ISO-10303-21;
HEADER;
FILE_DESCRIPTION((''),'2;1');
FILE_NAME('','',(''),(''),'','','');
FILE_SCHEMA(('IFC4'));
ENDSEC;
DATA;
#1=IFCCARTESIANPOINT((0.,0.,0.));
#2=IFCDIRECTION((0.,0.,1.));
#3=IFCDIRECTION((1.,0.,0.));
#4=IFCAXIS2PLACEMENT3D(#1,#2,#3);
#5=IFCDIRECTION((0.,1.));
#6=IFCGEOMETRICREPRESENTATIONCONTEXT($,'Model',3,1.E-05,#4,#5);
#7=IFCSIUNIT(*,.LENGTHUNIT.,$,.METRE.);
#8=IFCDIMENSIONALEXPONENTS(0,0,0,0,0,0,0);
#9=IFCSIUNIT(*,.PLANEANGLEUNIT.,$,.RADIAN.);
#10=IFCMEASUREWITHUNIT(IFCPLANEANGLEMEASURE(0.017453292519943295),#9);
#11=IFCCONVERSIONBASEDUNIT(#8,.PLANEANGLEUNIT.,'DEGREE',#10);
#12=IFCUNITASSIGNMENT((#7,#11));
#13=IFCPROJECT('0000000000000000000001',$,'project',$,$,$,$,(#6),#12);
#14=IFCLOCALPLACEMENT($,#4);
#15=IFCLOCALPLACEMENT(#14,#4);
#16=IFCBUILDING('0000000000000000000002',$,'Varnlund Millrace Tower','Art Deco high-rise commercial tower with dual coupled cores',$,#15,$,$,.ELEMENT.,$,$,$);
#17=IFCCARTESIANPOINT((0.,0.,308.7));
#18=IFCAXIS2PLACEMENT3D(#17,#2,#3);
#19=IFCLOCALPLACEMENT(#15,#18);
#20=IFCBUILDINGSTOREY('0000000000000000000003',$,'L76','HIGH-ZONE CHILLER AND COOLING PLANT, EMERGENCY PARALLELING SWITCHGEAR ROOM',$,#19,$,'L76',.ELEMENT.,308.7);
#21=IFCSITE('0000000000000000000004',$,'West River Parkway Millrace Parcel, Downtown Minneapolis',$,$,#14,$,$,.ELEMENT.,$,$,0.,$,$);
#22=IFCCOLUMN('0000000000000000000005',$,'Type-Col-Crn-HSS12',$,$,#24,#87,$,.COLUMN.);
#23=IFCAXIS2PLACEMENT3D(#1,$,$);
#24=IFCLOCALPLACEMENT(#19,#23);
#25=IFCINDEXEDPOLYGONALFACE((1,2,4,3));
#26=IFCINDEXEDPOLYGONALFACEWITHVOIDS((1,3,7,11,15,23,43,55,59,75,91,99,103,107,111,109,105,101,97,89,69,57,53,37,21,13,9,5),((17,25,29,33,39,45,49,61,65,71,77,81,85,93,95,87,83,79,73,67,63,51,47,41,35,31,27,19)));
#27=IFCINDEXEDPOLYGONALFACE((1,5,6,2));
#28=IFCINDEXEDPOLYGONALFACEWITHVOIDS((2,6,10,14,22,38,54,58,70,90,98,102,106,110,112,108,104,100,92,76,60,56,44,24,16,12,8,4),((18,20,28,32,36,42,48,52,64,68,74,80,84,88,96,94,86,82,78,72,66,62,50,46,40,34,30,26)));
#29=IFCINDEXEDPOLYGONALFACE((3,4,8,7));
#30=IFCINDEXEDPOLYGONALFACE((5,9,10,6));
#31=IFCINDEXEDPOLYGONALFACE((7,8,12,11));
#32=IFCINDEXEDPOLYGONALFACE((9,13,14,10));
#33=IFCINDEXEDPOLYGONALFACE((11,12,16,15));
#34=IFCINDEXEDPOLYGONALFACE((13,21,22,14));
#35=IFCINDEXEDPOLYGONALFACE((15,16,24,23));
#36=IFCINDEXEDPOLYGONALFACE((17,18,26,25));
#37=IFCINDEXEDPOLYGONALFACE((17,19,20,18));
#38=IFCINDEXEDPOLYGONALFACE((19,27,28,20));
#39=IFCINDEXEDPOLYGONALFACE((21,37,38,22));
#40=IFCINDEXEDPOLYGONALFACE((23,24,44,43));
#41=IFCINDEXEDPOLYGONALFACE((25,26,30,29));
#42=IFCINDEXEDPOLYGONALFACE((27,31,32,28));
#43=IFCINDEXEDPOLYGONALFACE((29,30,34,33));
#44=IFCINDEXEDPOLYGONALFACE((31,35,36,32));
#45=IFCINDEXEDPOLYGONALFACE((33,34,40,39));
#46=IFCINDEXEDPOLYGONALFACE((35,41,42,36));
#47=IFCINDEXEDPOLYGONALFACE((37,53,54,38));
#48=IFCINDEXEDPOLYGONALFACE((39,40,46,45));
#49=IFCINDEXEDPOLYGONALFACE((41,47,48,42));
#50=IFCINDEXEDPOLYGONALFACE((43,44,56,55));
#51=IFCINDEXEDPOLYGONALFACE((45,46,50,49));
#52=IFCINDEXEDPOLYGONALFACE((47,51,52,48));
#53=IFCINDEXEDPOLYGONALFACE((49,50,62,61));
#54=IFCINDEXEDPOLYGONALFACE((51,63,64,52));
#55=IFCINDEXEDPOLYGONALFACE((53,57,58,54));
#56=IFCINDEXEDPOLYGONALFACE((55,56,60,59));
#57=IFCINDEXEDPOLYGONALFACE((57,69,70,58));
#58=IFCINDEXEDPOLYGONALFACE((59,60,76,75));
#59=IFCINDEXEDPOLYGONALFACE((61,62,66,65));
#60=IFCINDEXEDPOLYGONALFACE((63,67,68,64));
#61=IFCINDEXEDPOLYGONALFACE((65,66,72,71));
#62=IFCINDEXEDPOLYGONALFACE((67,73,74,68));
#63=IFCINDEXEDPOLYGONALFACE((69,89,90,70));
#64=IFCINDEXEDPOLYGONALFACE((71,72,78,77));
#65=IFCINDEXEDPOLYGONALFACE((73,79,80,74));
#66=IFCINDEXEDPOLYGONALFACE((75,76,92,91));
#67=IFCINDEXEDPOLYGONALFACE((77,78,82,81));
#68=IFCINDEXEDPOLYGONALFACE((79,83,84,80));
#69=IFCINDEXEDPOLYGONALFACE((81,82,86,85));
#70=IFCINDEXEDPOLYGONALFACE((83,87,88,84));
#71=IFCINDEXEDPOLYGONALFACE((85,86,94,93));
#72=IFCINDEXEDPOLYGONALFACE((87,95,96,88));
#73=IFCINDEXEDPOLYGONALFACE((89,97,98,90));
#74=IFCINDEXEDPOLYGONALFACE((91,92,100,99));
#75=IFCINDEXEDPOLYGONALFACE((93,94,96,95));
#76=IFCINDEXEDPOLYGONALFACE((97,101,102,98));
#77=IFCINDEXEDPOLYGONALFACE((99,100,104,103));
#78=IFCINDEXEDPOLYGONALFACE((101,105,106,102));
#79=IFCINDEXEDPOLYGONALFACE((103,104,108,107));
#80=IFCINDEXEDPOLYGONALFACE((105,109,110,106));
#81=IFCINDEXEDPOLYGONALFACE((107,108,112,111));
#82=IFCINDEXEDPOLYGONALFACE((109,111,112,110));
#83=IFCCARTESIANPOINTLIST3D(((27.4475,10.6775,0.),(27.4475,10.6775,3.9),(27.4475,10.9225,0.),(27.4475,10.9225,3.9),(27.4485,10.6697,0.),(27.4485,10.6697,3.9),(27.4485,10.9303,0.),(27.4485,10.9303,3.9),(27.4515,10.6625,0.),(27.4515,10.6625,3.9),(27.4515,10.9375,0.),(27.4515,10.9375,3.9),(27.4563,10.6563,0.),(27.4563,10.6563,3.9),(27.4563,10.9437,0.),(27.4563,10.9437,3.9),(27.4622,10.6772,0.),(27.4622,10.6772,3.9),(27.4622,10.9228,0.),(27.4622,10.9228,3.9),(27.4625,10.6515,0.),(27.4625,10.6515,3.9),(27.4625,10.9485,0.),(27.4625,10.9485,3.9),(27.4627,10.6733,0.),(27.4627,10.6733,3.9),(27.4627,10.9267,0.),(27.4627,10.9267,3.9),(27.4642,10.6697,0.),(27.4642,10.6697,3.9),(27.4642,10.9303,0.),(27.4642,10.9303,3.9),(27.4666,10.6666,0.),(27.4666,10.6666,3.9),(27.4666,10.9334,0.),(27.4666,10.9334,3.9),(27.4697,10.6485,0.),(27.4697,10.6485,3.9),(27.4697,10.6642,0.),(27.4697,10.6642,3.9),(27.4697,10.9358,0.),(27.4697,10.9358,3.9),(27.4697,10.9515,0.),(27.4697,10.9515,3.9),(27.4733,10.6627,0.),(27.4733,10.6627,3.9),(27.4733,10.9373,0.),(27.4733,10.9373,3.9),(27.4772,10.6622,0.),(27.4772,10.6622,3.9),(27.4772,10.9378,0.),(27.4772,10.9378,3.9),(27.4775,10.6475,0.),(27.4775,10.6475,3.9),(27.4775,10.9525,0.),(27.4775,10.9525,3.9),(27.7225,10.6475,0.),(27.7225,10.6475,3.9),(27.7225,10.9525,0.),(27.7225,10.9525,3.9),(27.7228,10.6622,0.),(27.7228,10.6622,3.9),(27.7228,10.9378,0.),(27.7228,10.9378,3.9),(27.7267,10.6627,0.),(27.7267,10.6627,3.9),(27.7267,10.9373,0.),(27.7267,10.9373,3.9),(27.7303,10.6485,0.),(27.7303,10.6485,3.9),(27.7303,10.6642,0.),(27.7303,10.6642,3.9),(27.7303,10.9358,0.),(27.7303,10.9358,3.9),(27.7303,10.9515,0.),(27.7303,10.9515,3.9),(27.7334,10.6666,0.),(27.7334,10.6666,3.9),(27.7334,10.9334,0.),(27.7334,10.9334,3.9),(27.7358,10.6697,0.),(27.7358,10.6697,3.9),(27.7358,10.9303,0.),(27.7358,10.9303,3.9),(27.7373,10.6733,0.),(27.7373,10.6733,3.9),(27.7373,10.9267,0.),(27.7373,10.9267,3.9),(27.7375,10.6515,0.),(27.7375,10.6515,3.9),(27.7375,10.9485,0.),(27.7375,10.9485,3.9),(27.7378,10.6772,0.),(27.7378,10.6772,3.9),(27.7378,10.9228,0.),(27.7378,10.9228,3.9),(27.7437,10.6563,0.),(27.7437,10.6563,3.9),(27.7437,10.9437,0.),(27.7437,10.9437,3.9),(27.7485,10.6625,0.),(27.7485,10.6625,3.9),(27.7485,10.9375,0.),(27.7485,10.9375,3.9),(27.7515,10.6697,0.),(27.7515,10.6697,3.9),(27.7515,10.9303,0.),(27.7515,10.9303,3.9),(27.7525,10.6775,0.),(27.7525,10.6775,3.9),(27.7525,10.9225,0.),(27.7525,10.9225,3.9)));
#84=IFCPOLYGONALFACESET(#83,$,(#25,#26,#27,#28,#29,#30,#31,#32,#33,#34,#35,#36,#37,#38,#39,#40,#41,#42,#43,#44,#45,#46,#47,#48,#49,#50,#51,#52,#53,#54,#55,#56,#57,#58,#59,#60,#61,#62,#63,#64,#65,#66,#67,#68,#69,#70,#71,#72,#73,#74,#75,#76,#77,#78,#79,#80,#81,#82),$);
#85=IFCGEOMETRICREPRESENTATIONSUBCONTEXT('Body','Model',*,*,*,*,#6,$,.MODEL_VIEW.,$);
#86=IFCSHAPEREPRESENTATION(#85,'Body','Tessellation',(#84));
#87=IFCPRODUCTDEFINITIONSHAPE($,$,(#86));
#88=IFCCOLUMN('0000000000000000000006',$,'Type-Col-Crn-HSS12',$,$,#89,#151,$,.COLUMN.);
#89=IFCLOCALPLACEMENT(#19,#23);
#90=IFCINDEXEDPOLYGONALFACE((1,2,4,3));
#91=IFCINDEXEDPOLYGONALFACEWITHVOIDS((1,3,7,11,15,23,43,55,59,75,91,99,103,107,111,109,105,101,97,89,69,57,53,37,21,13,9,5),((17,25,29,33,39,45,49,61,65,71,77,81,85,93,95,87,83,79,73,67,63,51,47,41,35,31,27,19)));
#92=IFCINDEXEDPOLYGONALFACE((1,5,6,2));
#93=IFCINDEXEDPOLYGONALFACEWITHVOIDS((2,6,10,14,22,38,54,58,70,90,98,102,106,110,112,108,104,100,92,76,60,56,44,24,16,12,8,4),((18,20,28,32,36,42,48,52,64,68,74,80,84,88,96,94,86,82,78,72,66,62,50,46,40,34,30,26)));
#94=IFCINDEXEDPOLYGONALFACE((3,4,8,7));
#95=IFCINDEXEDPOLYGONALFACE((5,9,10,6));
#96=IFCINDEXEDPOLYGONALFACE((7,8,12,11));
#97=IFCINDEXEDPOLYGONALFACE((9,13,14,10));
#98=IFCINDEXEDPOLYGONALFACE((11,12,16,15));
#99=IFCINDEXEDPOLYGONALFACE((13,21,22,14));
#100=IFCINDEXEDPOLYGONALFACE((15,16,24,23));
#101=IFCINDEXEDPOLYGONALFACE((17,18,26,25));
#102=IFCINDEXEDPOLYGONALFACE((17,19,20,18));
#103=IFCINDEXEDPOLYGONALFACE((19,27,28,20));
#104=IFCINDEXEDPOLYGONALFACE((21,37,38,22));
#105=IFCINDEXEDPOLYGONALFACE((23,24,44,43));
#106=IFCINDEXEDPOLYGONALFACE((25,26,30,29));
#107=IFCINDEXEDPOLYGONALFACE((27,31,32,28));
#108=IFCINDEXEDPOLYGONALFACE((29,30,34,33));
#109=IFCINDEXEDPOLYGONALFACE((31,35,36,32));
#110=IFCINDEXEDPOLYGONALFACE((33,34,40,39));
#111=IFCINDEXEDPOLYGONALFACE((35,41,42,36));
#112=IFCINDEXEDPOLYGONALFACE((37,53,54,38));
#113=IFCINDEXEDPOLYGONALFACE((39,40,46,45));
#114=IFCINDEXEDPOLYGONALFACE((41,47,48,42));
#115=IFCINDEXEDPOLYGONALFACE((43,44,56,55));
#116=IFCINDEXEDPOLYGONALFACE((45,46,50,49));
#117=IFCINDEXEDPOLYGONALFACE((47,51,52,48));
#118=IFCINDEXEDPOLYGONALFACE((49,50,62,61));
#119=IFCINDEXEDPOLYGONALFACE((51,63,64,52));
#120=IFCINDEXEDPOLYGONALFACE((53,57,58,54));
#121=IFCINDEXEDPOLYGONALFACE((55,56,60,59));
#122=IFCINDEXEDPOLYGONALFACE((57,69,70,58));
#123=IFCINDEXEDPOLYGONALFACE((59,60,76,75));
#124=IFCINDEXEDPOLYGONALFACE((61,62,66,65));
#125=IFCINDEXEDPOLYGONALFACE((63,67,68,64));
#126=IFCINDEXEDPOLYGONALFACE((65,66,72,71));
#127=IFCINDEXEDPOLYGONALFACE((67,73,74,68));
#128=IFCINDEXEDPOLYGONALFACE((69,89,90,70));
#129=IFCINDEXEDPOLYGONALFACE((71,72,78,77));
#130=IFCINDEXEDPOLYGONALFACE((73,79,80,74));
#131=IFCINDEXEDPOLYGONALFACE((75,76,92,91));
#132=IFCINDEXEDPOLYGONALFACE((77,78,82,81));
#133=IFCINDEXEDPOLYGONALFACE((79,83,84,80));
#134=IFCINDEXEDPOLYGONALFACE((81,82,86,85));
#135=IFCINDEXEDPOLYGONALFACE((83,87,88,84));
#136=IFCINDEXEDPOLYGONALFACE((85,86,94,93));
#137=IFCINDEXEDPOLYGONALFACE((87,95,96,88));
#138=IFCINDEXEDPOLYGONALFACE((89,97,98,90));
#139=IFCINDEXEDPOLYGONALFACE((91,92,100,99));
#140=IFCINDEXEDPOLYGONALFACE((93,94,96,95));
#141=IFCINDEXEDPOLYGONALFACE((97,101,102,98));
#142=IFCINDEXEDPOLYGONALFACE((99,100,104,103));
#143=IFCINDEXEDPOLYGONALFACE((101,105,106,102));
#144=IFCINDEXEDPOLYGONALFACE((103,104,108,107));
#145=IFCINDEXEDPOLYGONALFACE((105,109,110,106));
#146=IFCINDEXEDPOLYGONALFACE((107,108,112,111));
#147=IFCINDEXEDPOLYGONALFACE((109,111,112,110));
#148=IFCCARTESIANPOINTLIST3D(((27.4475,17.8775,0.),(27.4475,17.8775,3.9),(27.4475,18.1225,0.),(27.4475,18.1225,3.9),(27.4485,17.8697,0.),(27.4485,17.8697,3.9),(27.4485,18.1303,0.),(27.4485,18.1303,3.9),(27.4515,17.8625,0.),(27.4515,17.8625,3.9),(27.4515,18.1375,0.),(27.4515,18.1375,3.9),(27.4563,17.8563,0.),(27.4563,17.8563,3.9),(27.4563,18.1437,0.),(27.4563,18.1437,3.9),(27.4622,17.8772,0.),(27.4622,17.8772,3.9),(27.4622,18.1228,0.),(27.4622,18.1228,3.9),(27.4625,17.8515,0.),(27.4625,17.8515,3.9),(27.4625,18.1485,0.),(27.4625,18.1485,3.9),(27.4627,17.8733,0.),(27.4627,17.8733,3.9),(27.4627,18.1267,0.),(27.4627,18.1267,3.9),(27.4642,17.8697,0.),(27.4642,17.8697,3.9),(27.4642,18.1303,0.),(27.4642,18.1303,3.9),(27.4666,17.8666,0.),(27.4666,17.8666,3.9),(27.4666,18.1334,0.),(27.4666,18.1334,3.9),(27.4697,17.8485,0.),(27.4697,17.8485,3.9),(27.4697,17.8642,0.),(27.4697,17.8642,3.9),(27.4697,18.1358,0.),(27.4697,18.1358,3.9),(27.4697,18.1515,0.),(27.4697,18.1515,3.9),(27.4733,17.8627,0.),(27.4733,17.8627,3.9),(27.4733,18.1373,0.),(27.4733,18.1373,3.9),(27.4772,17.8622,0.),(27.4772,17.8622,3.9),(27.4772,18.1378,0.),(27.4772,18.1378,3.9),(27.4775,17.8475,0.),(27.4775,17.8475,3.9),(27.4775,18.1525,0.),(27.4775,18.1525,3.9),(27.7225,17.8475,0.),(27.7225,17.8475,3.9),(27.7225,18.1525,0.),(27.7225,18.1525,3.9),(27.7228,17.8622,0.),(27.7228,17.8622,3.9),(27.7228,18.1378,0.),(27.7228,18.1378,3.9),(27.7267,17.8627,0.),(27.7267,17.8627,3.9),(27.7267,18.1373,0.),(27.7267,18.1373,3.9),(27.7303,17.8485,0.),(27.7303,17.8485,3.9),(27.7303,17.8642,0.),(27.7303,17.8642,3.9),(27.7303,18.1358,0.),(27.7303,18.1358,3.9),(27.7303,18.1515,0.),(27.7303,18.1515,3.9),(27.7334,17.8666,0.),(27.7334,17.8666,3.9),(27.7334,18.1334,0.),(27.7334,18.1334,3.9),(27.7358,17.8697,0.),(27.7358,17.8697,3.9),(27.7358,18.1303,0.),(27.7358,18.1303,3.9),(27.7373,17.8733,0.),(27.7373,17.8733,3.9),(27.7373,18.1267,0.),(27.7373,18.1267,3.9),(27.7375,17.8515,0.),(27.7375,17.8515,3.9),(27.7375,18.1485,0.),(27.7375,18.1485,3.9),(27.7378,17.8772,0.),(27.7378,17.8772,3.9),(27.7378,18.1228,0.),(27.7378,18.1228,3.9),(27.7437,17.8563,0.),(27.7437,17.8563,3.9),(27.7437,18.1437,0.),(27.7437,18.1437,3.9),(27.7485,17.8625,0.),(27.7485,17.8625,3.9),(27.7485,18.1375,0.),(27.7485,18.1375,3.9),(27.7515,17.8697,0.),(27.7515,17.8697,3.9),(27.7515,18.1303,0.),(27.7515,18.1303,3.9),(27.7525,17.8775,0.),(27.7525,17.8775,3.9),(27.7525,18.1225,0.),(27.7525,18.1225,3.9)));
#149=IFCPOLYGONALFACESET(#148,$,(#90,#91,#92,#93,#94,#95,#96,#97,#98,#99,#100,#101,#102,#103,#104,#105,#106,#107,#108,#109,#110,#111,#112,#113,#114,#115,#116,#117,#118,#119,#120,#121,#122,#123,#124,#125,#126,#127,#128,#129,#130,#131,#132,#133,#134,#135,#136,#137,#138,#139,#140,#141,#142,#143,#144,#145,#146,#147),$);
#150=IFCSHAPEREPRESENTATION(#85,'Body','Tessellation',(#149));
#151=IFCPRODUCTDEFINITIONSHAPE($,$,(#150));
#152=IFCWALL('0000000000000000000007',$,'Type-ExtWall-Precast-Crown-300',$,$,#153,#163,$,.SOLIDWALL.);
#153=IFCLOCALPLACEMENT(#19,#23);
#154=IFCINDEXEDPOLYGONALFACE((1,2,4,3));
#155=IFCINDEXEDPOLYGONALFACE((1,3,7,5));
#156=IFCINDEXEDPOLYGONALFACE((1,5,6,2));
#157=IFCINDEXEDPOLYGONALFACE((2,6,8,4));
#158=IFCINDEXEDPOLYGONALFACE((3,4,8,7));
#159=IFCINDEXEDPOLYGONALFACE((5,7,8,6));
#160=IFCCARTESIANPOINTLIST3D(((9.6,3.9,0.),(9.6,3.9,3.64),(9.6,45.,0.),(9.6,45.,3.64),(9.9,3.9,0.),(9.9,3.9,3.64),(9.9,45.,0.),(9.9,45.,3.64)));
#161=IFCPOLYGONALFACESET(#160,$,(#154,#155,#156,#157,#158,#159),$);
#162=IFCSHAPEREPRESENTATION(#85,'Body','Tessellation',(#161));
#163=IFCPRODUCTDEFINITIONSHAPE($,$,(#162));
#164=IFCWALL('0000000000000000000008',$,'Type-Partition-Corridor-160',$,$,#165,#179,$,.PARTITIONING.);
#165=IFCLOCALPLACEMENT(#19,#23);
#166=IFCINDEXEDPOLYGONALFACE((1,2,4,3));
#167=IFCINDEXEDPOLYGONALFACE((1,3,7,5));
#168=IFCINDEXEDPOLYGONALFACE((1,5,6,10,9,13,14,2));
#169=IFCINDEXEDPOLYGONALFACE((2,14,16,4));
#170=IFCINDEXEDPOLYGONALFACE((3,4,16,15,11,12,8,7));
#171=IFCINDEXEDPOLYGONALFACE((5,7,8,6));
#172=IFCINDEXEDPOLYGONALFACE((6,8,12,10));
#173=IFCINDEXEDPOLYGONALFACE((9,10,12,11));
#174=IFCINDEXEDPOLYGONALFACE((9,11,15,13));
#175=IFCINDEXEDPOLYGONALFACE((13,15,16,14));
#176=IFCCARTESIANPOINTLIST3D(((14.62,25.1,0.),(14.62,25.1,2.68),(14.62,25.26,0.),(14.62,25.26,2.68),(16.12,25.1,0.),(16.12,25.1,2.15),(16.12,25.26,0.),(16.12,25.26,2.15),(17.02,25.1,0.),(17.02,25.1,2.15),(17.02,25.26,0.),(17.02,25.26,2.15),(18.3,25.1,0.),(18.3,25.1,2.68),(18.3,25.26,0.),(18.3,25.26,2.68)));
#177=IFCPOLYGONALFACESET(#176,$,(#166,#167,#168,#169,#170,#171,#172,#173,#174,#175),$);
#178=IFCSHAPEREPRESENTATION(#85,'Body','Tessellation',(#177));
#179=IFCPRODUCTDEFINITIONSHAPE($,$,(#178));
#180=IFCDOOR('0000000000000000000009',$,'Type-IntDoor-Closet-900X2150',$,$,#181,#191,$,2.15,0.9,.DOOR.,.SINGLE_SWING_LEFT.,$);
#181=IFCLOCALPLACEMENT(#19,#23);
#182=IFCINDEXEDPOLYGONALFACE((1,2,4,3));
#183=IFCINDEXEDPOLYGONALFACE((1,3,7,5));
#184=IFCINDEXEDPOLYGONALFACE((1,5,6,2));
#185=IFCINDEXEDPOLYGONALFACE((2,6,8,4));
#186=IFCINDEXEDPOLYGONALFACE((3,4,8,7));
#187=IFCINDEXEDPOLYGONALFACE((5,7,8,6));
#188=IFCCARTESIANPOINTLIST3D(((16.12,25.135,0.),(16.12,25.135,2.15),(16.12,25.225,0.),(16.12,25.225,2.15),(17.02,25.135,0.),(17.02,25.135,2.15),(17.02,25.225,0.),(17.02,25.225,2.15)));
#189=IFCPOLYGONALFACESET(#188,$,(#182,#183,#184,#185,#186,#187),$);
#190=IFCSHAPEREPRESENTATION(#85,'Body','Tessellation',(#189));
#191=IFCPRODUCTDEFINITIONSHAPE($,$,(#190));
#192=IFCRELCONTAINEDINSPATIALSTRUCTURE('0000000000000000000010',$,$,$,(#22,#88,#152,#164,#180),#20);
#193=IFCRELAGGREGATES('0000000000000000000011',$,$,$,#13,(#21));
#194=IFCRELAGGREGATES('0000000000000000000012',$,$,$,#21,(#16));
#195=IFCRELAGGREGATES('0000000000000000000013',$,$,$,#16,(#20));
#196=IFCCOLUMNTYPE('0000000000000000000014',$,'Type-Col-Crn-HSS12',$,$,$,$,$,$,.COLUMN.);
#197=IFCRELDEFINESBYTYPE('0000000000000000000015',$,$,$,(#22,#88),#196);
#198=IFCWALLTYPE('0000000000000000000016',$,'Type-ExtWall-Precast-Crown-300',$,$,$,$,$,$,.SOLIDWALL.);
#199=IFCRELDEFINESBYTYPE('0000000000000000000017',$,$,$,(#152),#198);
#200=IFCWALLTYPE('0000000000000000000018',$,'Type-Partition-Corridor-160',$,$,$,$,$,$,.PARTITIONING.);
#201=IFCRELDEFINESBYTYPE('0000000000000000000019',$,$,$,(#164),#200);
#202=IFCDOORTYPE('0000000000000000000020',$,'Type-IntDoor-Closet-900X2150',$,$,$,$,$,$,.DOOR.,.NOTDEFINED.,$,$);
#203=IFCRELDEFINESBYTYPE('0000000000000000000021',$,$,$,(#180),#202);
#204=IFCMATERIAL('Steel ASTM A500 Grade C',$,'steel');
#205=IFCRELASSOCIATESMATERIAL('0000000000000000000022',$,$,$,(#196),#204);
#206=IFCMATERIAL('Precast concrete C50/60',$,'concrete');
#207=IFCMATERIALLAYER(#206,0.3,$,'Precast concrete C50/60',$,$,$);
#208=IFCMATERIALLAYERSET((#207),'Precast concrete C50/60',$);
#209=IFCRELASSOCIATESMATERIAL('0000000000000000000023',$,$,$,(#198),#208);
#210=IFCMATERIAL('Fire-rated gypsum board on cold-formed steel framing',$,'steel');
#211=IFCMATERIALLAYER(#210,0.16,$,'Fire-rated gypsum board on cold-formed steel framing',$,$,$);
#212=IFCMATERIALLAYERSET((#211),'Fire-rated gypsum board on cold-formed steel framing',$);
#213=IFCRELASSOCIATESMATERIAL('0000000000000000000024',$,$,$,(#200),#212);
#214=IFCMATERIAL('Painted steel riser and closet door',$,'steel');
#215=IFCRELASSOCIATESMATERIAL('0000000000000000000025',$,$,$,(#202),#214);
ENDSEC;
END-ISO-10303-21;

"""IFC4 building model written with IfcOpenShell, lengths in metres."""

from ifc_helpers import new_model, entity, si_unit, converted_unit, direction, frame, origin_with_axes, origin_2d_with_axis, place, context, subcontext, project, spatial, polyline, rectangle, hollow_rectangle, outline, extrude, material, layer, layer_set, material_profile, profile_set, type_object, element, fill, save


model = new_model("IFC4")

# Units and contexts
model_context = context("Model", 3, precision=1e-05, world=origin_with_axes(), true_north=direction((0.0, 1.0)))
body_context = subcontext(model_context, "Body", "Model", "MODEL_VIEW")
ifc_project = project(units=[si_unit("LENGTHUNIT", "METRE"), converted_unit("PLANEANGLEUNIT", "DEGREE", entity("IfcPlaneAngleMeasure", 0.017453292519943295), si_unit("PLANEANGLEUNIT", "RADIAN"), dimensions=[0, 0, 0, 0, 0, 0, 0])], contexts=[model_context])

# Site, building, storey
site_placement = place(None, origin_with_axes())
site = spatial("IfcSite", under=ifc_project, at=site_placement, Name="West River Parkway Millrace Parcel, Downtown Minneapolis", CompositionType="ELEMENT", RefElevation=0.0)
building_placement = place(site_placement, origin_with_axes())
building = spatial("IfcBuilding", under=site, at=building_placement, Name="Varnlund Millrace Tower", Description="Art Deco high-rise commercial tower with dual coupled cores", CompositionType="ELEMENT")
storey_placement = place(building_placement, frame((0.0, 0.0, 308.7), z_axis=(0.0, 0.0, 1.0), x_axis=(1.0, 0.0, 0.0)))
storey = spatial("IfcBuildingStorey", under=building, at=storey_placement, Name="L76", Description="HIGH-ZONE CHILLER AND COOLING PLANT, EMERGENCY PARALLELING SWITCHGEAR ROOM", LongName="L76", CompositionType="ELEMENT", Elevation=308.7)

# Columns
ifc_material_1 = material(Name="Steel ASTM A500 Grade C", Category="steel")
ifc_material_profile = material_profile(ifc_material_1, hollow_rectangle(XDim=0.305, YDim=0.305, WallThickness=0.0147, InnerFilletRadius=0.015, OuterFilletRadius=0.03, at=origin_2d_with_axis()), Name="Steel ASTM A500 Grade C")
ifc_profile_set = profile_set([ifc_material_profile], Name="Steel ASTM A500 Grade C")
column_type = type_object("IfcColumnType", Name="Type-Col-Crn-HSS12", PredefinedType="COLUMN", material=ifc_profile_set)
for number, where, z_axis, x_axis, name in (
    (1, (27.6, 10.8, 0.0), (0.0, 0.0, 1.0), (1.0, 0.0, 0.0), "Type-Col-Crn-HSS12"),
    (2, (27.6, 18.0, 0.0), (0.0, 0.0, 1.0), (1.0, 0.0, 0.0), "Type-Col-Crn-HSS12"),
):
    element("IfcColumn", number, at=place(storey_placement, frame(where, z_axis=z_axis, x_axis=x_axis)), inside=storey, type_object=column_type, Name=name, PredefinedType="COLUMN", context=body_context, shape_type="SweptSolid", body=[
        extrude(hollow_rectangle(XDim=0.305, YDim=0.305, WallThickness=0.0147, InnerFilletRadius=0.015, OuterFilletRadius=0.03, at=origin_2d_with_axis()), origin_with_axes(), (0.0, 0.0, 1.0), 3.9),
    ])

# Wall
ifc_material_2 = material(Name="Precast concrete C50/60", Category="concrete")
ifc_layer_1 = layer(ifc_material_2, 0.3, Name="Precast concrete C50/60")
ifc_layer_set_1 = layer_set([ifc_layer_1], Name="Precast concrete C50/60")
wall_type_1 = type_object("IfcWallType", Name="Type-ExtWall-Precast-Crown-300", PredefinedType="SOLIDWALL", material=ifc_layer_set_1)
wall_1_placement = place(storey_placement, frame((9.75, 3.9, 0.0), z_axis=(0.0, 0.0, 1.0), x_axis=(0.0, 1.0, 0.0)))
element("IfcWall", 3, at=wall_1_placement, inside=storey, type_object=wall_type_1, Name="Type-ExtWall-Precast-Crown-300", PredefinedType="SOLIDWALL", context=body_context, shape_type="SweptSolid", body=[
    extrude(outline(polyline([(0.0, -0.15), (41.1, -0.15), (41.1, 0.15), (0.0, 0.15), (0.0, -0.15)])), origin_with_axes(), (0.0, 0.0, 1.0), 3.64),
])

# Wall, opening, door
ifc_material_3 = material(Name="Fire-rated gypsum board on cold-formed steel framing", Category="steel")
ifc_layer_2 = layer(ifc_material_3, 0.16, Name="Fire-rated gypsum board on cold-formed steel framing")
ifc_layer_set_2 = layer_set([ifc_layer_2], Name="Fire-rated gypsum board on cold-formed steel framing")
wall_type_2 = type_object("IfcWallType", Name="Type-Partition-Corridor-160", PredefinedType="PARTITIONING", material=ifc_layer_set_2)
wall_2_placement = place(storey_placement, frame((14.62, 25.18, 0.0), z_axis=(0.0, 0.0, 1.0), x_axis=(1.0, 0.0, 0.0)))
wall_2 = element("IfcWall", 4, at=wall_2_placement, inside=storey, type_object=wall_type_2, Name="Type-Partition-Corridor-160", PredefinedType="PARTITIONING", context=body_context, shape_type="SweptSolid", body=[
    extrude(outline(polyline([(0.0, -0.08), (3.68, -0.08), (3.68, 0.08), (0.0, 0.08), (0.0, -0.08)])), origin_with_axes(), (0.0, 0.0, 1.0), 2.68),
])
opening_1_placement = place(wall_2_placement, frame((1.95, 0.0, 0.0), z_axis=(0.0, 0.0, 1.0), x_axis=(1.0, 0.0, 0.0)))
opening_1 = element("IfcOpeningElement", 5, at=opening_1_placement, cuts=wall_2, PredefinedType="OPENING", context=body_context, shape_type="SweptSolid", body=[
    extrude(rectangle(XDim=0.9, YDim=0.18, at=origin_2d_with_axis()), origin_with_axes(), (0.0, 0.0, 1.0), 2.15),
])
ifc_material_4 = material(Name="Painted steel riser and closet door", Category="steel")
door_type_1 = type_object("IfcDoorType", Name="Type-IntDoor-Closet-900X2150", OperationType="NOTDEFINED", PredefinedType="DOOR", material=ifc_material_4)
door_1_placement = place(wall_2_placement, frame((1.95, 0.0, 0.0), z_axis=(0.0, 0.0, 1.0), x_axis=(1.0, 0.0, 0.0)))
door_1 = element("IfcDoor", 6, at=door_1_placement, inside=storey, type_object=door_type_1, Name="Type-IntDoor-Closet-900X2150", OperationType="SINGLE_SWING_LEFT", OverallHeight=2.15, OverallWidth=0.9, PredefinedType="DOOR", context=body_context, shape_type="SweptSolid", body=[
    extrude(rectangle(XDim=0.9, YDim=0.09, at=origin_2d_with_axis()), origin_with_axes(), (0.0, 0.0, 1.0), 2.15),
])
fill(opening_1, door_1)

save(model, "model.ifc")
